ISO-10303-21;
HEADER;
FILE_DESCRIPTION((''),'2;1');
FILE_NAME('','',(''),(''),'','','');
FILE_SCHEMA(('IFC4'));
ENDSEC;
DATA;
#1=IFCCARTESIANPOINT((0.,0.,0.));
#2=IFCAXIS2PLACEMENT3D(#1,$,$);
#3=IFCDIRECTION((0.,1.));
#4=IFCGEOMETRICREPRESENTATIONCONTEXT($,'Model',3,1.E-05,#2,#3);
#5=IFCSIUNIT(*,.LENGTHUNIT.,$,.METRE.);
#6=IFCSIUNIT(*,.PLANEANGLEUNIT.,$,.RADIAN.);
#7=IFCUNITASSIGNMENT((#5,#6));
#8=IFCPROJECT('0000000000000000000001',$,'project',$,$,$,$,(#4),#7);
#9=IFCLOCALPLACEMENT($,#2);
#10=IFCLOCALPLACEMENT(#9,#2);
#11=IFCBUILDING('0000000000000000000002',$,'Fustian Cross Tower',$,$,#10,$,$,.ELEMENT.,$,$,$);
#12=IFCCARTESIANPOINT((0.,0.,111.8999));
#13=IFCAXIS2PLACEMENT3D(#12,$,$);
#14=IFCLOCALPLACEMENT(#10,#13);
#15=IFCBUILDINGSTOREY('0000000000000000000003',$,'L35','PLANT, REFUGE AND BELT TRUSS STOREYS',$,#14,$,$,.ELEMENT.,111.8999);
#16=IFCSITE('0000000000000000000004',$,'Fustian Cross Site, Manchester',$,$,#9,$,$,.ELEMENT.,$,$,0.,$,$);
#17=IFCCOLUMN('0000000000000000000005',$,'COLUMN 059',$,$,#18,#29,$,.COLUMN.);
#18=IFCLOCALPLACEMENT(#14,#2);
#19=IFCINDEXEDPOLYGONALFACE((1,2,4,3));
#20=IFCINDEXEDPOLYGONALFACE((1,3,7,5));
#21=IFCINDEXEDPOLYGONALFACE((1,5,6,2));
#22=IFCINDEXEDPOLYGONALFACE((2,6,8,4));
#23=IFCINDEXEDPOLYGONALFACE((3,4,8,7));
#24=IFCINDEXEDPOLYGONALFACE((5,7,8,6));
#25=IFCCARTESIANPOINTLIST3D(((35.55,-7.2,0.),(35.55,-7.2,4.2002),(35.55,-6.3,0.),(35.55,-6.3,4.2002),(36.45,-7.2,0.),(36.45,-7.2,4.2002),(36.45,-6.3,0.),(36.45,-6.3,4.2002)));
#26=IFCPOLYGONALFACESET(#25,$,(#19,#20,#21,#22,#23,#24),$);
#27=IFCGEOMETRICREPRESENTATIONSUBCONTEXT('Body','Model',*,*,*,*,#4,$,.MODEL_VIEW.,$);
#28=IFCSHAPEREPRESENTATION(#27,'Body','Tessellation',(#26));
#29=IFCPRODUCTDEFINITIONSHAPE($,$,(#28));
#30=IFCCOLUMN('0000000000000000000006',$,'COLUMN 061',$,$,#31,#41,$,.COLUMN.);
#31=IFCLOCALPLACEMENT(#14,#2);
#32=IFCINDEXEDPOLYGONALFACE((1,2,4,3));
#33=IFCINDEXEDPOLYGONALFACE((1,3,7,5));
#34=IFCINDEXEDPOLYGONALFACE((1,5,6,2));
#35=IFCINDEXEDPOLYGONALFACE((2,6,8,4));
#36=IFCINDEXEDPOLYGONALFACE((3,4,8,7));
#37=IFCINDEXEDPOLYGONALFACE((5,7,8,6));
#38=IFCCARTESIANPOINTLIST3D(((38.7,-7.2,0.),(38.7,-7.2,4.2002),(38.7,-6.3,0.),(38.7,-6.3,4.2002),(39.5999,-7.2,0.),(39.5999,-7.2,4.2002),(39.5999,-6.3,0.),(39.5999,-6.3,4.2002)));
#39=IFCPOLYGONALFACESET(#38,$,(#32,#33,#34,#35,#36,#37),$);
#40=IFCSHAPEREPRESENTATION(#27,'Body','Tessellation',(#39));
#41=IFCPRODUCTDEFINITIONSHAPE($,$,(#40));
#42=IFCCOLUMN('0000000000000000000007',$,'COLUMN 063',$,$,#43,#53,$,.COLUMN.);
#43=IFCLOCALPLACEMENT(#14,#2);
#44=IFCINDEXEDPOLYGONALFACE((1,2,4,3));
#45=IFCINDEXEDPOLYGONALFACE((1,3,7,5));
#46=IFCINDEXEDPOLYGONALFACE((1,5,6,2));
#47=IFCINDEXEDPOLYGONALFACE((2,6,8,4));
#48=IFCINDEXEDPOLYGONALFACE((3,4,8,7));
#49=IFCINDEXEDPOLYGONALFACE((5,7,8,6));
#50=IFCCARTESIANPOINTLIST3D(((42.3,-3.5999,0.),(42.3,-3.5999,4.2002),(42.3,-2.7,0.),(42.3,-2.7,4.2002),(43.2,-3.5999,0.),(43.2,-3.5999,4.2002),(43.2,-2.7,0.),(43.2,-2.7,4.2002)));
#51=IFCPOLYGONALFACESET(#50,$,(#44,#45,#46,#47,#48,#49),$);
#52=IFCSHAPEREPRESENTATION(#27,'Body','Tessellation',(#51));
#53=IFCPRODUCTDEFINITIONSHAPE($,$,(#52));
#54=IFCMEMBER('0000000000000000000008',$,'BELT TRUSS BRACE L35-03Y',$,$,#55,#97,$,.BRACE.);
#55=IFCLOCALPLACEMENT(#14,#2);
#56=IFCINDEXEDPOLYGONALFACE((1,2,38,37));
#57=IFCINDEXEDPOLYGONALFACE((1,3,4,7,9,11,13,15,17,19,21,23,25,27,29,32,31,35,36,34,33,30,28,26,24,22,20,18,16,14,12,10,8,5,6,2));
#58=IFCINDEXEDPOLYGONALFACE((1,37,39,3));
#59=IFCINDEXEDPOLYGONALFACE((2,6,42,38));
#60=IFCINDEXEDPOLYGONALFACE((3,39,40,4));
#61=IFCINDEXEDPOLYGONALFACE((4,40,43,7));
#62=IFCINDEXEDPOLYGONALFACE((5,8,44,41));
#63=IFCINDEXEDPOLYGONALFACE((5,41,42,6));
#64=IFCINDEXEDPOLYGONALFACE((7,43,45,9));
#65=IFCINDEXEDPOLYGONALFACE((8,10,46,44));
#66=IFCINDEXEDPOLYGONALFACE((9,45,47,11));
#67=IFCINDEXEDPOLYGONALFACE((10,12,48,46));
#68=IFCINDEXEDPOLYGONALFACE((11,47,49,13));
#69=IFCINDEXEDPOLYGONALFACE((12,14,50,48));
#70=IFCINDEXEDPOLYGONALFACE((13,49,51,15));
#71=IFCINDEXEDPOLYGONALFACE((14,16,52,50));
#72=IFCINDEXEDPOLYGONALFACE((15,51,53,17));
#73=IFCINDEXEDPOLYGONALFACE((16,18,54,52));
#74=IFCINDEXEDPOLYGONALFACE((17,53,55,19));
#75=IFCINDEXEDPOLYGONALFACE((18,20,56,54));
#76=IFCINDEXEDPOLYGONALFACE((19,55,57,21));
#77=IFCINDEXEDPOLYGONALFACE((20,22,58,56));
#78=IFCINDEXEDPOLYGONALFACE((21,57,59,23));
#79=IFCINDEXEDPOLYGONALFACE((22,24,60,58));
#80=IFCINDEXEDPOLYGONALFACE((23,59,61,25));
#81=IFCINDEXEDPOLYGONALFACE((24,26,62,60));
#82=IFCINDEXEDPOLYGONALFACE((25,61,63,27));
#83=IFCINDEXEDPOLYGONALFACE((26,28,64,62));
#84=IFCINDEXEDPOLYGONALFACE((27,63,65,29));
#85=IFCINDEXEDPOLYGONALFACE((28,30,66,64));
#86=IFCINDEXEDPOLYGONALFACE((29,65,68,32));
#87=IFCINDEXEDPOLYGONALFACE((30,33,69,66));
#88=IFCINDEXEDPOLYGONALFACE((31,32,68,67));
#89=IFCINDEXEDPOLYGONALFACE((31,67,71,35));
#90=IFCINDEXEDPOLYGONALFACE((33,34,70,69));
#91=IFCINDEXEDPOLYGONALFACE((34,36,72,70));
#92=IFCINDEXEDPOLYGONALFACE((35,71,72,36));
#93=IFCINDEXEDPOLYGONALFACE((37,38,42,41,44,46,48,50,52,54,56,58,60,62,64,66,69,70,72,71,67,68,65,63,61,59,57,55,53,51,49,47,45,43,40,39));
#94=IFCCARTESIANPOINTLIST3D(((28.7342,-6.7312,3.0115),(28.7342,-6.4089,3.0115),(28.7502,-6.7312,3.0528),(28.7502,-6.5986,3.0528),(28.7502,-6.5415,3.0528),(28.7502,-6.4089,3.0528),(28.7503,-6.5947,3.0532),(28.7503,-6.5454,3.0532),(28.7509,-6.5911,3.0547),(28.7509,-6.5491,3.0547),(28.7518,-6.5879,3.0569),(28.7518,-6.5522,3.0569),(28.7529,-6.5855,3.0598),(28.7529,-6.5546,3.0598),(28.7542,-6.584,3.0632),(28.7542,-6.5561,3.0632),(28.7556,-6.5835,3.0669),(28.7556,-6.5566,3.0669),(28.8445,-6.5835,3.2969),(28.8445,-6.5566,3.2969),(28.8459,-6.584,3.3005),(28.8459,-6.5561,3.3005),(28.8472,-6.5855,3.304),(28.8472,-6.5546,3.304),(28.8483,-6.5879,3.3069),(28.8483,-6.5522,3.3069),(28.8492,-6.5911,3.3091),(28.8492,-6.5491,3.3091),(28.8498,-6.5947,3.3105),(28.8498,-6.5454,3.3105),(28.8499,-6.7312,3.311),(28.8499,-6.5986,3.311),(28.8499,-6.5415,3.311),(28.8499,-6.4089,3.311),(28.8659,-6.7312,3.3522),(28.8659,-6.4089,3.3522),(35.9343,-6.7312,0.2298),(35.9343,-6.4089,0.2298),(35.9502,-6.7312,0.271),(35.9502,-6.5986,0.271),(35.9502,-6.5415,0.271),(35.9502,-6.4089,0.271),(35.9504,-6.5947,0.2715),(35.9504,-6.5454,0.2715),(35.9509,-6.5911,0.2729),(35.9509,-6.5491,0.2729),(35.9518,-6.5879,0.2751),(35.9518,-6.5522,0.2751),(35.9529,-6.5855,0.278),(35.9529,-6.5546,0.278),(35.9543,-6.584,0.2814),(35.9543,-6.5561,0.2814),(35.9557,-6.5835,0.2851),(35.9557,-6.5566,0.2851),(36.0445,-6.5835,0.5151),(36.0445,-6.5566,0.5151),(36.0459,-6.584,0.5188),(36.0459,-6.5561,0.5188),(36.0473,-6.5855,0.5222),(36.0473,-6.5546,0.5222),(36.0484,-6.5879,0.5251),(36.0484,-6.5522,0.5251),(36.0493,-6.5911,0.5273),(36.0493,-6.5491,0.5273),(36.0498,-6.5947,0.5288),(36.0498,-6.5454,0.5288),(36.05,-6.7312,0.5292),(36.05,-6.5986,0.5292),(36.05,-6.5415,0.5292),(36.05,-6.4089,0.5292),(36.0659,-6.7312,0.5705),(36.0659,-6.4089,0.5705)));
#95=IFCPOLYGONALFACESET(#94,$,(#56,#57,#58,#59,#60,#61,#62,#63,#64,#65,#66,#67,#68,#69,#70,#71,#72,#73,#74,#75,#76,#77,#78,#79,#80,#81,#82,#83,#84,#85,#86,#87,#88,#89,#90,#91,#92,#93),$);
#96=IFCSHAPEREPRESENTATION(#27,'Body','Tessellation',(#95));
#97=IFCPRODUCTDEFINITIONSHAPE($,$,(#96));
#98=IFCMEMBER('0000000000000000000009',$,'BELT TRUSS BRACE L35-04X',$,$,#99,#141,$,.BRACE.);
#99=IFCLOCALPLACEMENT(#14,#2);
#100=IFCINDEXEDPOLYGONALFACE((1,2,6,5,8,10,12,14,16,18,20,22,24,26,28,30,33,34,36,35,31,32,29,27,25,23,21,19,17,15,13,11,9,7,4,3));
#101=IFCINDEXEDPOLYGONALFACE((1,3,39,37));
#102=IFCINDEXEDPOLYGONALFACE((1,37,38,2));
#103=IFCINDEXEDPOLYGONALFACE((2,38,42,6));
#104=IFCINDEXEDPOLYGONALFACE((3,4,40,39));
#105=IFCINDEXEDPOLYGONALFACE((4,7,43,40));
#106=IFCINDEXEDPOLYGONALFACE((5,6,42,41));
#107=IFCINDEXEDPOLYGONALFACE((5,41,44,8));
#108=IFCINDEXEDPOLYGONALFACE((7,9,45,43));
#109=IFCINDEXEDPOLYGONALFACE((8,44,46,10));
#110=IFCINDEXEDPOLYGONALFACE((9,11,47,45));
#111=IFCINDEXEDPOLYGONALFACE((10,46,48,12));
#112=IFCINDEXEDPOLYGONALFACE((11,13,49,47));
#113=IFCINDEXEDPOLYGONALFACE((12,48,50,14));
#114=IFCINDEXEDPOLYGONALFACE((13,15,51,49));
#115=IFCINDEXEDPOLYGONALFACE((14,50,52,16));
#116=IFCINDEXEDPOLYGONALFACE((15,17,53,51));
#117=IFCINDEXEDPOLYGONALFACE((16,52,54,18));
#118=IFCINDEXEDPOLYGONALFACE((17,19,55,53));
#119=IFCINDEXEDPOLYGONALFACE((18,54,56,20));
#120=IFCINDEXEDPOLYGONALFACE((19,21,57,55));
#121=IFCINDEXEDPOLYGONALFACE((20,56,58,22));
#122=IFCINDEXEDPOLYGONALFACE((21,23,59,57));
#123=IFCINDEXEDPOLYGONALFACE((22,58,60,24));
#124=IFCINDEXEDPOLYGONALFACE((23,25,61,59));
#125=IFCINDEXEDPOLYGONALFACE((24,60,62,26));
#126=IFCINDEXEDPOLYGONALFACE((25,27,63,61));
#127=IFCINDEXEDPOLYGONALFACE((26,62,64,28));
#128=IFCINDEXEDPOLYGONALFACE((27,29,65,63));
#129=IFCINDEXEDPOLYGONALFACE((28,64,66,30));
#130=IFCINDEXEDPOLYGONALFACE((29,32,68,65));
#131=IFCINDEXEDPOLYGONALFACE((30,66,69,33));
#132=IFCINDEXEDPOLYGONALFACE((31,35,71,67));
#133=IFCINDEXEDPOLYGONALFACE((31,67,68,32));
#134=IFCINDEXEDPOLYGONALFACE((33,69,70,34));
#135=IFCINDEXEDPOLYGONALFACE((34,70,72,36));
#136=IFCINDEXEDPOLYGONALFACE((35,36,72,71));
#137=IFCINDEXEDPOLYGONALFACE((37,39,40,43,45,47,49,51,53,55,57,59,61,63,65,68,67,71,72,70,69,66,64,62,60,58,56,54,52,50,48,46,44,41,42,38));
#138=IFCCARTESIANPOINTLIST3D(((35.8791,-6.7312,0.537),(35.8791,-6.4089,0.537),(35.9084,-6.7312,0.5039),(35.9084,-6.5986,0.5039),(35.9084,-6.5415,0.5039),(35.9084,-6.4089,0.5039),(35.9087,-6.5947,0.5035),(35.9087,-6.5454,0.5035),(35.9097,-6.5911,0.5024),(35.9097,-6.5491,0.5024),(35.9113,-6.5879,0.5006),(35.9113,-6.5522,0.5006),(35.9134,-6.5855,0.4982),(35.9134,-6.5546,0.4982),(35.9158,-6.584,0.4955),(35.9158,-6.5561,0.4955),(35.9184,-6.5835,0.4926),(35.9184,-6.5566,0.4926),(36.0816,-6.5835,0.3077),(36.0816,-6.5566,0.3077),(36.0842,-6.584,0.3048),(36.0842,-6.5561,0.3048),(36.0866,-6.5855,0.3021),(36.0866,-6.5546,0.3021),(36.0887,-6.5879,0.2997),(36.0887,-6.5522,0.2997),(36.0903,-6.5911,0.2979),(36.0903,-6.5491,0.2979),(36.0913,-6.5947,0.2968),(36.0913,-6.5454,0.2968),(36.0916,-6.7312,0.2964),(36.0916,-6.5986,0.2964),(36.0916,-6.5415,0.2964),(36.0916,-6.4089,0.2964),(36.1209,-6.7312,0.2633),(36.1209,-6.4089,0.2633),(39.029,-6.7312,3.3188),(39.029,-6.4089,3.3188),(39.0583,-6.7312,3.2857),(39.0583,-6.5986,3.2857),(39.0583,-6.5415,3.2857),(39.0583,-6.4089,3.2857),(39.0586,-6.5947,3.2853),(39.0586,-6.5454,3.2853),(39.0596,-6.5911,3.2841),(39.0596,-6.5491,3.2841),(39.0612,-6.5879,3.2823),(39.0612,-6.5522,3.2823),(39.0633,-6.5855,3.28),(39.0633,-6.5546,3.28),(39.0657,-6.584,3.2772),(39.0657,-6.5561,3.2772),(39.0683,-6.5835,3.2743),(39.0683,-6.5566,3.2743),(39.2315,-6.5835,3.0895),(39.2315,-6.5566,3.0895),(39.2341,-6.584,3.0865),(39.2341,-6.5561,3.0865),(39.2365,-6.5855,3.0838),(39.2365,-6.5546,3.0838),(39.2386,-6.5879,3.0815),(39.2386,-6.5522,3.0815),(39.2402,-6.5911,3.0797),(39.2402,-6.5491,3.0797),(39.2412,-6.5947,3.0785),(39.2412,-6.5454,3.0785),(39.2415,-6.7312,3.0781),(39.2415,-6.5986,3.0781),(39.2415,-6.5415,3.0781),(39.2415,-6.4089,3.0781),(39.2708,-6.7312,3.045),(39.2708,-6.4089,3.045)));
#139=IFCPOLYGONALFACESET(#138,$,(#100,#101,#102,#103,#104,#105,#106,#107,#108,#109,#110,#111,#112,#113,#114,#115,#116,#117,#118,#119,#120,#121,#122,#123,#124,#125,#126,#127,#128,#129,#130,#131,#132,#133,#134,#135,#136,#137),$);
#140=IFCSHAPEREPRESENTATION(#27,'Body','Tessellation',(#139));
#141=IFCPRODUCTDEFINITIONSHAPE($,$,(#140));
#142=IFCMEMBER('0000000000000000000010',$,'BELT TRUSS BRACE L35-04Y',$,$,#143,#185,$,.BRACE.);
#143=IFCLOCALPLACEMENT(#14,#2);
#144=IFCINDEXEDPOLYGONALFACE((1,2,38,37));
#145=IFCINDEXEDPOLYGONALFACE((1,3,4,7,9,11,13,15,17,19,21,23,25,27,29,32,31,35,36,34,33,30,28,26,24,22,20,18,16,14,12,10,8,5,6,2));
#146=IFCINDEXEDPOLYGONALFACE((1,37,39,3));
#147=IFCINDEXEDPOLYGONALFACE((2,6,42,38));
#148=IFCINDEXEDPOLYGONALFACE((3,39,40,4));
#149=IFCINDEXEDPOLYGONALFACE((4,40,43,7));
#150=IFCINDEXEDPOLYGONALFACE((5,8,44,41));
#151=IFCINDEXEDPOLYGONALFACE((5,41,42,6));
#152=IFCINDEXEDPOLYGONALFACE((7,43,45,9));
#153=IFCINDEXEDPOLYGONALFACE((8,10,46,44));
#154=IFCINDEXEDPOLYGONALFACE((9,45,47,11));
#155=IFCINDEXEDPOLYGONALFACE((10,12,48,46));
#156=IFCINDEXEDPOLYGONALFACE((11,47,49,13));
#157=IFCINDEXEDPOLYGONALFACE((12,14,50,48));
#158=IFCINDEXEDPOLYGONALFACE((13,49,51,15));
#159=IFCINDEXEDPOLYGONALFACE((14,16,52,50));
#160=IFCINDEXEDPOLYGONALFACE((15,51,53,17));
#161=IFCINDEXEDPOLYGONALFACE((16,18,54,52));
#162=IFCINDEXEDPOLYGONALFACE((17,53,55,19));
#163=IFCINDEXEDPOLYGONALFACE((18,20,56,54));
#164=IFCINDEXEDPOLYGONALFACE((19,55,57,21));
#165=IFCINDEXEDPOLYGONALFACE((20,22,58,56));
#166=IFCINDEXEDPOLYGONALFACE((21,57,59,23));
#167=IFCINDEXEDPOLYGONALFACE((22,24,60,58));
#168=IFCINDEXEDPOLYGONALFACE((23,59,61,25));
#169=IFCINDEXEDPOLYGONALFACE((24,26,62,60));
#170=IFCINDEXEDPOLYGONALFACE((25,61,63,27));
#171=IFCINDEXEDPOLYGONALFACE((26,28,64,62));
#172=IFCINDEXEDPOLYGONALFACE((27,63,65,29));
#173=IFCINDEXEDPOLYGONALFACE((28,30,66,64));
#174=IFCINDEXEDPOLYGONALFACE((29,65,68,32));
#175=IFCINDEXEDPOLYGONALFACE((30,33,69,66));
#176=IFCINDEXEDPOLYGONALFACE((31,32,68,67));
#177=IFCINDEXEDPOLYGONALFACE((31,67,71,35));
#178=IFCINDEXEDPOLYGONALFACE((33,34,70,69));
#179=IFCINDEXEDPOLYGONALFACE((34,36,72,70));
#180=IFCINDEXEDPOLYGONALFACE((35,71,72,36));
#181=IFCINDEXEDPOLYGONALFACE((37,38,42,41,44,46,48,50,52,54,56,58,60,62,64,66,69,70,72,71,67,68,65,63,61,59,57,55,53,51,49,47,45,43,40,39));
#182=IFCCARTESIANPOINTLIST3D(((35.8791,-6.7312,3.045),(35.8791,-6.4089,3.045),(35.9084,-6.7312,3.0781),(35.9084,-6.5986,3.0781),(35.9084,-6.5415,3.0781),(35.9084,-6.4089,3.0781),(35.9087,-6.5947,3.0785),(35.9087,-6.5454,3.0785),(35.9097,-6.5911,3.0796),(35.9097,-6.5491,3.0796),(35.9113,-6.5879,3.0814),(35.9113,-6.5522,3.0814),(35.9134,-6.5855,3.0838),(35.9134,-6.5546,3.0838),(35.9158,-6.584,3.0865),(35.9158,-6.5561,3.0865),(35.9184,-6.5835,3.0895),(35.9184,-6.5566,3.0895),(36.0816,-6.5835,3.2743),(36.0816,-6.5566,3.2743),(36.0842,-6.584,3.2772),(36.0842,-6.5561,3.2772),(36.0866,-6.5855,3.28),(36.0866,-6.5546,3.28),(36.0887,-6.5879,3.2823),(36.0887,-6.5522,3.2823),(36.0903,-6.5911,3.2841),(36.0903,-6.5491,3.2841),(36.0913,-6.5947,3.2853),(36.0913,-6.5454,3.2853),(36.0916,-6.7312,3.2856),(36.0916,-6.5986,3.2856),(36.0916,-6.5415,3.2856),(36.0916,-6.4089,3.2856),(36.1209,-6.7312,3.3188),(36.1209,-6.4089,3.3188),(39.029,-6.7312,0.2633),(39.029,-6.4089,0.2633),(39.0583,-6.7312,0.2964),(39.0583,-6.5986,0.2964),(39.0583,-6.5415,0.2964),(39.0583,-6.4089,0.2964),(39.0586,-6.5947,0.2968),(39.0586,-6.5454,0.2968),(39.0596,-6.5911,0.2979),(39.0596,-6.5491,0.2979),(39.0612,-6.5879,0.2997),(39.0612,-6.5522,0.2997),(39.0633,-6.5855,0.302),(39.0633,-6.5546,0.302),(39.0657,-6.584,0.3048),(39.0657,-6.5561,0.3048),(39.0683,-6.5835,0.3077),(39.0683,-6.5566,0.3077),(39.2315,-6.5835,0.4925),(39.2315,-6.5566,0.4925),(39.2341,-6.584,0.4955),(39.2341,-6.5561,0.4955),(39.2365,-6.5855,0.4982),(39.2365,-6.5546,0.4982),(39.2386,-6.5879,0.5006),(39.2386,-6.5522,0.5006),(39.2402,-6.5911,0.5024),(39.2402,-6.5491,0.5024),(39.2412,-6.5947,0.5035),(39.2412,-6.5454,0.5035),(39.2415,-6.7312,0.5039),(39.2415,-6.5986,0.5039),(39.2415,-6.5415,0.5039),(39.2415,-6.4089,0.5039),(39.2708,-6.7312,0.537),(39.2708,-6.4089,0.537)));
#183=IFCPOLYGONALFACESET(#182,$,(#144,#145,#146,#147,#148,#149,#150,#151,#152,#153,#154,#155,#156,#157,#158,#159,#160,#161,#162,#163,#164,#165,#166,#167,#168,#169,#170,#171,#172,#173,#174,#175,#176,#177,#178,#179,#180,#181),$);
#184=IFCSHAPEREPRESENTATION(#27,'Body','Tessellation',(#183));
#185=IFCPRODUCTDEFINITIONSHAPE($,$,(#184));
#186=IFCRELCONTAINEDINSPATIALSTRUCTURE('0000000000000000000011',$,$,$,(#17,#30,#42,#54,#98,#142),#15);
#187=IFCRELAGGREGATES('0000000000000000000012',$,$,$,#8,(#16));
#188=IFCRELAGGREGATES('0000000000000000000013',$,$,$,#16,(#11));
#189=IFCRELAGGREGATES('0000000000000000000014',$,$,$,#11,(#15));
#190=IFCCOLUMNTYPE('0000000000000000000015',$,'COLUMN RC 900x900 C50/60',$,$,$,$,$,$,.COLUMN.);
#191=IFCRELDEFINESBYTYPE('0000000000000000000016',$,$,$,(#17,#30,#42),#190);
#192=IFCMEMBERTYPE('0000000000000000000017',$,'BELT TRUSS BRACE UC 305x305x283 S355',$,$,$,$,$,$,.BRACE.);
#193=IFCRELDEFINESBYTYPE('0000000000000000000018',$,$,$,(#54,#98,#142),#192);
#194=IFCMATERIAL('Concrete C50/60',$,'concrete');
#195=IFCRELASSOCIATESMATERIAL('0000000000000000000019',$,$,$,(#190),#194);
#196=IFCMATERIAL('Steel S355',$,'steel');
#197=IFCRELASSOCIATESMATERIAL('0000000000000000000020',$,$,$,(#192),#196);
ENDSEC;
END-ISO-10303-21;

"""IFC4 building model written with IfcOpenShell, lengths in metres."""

from ifc_helpers import new_model, si_unit, direction, frame, origin, origin_2d, place, context, subcontext, project, spatial, rectangle, i_section, extrude, material, material_profile, profile_set, type_object, element, save


model = new_model("IFC4")

# Units and contexts
model_context = context("Model", 3, precision=1e-05, world=origin(), true_north=direction((0.0, 1.0)))
body_context = subcontext(model_context, "Body", "Model", "MODEL_VIEW")
ifc_project = project(units=[si_unit("LENGTHUNIT", "METRE"), si_unit("PLANEANGLEUNIT", "RADIAN")], contexts=[model_context])

# Site, building, storey
site_placement = place(None, origin())
site = spatial("IfcSite", under=ifc_project, at=site_placement, Name="Fustian Cross Site, Manchester", CompositionType="ELEMENT", RefElevation=0.0)
building_placement = place(site_placement, origin())
building = spatial("IfcBuilding", under=site, at=building_placement, Name="Fustian Cross Tower", CompositionType="ELEMENT")
storey_placement = place(building_placement, frame((0.0, 0.0, 111.8999)))
storey = spatial("IfcBuildingStorey", under=building, at=storey_placement, Name="L35", Description="PLANT, REFUGE AND BELT TRUSS STOREYS", CompositionType="ELEMENT", Elevation=111.8999)

# Columns
ifc_material_1 = material(Name="Concrete C50/60", Category="concrete")
ifc_material_profile_1 = material_profile(ifc_material_1, rectangle(XDim=0.8999, YDim=0.8999, at=origin_2d()), Name="RC 900x900")
ifc_profile_set_1 = profile_set([ifc_material_profile_1], Name="Concrete C50/60")
column_type = type_object("IfcColumnType", Name="COLUMN RC 900x900 C50/60", PredefinedType="COLUMN", material=ifc_profile_set_1)
for number, where, z_axis, x_axis, name in (
    (1, (36.0, -6.75, 0.0), (0.0, 0.0, 1.0), (1.0, 0.0, 0.0), "COLUMN 059"),
    (2, (39.1499, -6.75, 0.0), (0.0, 0.0, 1.0), (1.0, 0.0, 0.0), "COLUMN 061"),
    (3, (42.75, -3.1499, 0.0), (0.0, 0.0, 1.0), (1.0, 0.0, 0.0), "COLUMN 063"),
):
    element("IfcColumn", number, at=place(storey_placement, frame(where, z_axis=z_axis, x_axis=x_axis)), inside=storey, type_object=column_type, Name=name, PredefinedType="COLUMN", context=body_context, shape_type="SweptSolid", body=[
        extrude(rectangle(XDim=0.8999, YDim=0.8999, at=origin_2d()), origin(), (0.0, 0.0, 1.0), 4.2002),
    ])

# Members
ifc_material_2 = material(Name="Steel S355", Category="steel")
ifc_material_profile_2 = material_profile(ifc_material_2, i_section(OverallWidth=0.3223, OverallDepth=0.3652, WebThickness=0.0269, FlangeThickness=0.0442, FilletRadius=0.0151, at=origin_2d()), Name="UC 305x305x283")
ifc_profile_set_2 = profile_set([ifc_material_profile_2], Name="Steel S355")
member_type_1 = type_object("IfcMemberType", Name="BELT TRUSS BRACE UC 305x305x283 S355", PredefinedType="BRACE", material=ifc_profile_set_2)
member_placement = place(storey_placement, frame((28.8, -6.5701, 3.1819), z_axis=(0.932801, 0.0, -0.360392), x_axis=(0.0, 1.0, 0.0)))
element("IfcMember", 4, at=member_placement, inside=storey, type_object=member_type_1, Name="BELT TRUSS BRACE L35-03Y", PredefinedType="BRACE", context=body_context, shape_type="SweptSolid", body=[
    extrude(i_section(OverallWidth=0.3223, OverallDepth=0.3652, WebThickness=0.0269, FlangeThickness=0.0442, FilletRadius=0.0151, at=origin_2d()), origin(), (0.0, 0.0, 1.0), 7.7188),
])
for number, where, z_axis, x_axis, name in (
    (5, (36.0, -6.5701, 0.4001), (0.749553, 0.0, 0.661944), (0.0, 1.0, 0.0), "BELT TRUSS BRACE L35-04X"),
    (6, (36.0, -6.5701, 3.1819), (0.749553, 0.0, -0.661944), (0.0, 1.0, 0.0), "BELT TRUSS BRACE L35-04Y"),
):
    element("IfcMember", number, at=place(storey_placement, frame(where, z_axis=z_axis, x_axis=x_axis)), inside=storey, type_object=member_type_1, Name=name, PredefinedType="BRACE", context=body_context, shape_type="SweptSolid", body=[
        extrude(i_section(OverallWidth=0.3223, OverallDepth=0.3652, WebThickness=0.0269, FlangeThickness=0.0442, FilletRadius=0.0151, at=origin_2d()), origin(), (0.0, 0.0, 1.0), 4.2024),
    ])

save(model, "model.ifc")
